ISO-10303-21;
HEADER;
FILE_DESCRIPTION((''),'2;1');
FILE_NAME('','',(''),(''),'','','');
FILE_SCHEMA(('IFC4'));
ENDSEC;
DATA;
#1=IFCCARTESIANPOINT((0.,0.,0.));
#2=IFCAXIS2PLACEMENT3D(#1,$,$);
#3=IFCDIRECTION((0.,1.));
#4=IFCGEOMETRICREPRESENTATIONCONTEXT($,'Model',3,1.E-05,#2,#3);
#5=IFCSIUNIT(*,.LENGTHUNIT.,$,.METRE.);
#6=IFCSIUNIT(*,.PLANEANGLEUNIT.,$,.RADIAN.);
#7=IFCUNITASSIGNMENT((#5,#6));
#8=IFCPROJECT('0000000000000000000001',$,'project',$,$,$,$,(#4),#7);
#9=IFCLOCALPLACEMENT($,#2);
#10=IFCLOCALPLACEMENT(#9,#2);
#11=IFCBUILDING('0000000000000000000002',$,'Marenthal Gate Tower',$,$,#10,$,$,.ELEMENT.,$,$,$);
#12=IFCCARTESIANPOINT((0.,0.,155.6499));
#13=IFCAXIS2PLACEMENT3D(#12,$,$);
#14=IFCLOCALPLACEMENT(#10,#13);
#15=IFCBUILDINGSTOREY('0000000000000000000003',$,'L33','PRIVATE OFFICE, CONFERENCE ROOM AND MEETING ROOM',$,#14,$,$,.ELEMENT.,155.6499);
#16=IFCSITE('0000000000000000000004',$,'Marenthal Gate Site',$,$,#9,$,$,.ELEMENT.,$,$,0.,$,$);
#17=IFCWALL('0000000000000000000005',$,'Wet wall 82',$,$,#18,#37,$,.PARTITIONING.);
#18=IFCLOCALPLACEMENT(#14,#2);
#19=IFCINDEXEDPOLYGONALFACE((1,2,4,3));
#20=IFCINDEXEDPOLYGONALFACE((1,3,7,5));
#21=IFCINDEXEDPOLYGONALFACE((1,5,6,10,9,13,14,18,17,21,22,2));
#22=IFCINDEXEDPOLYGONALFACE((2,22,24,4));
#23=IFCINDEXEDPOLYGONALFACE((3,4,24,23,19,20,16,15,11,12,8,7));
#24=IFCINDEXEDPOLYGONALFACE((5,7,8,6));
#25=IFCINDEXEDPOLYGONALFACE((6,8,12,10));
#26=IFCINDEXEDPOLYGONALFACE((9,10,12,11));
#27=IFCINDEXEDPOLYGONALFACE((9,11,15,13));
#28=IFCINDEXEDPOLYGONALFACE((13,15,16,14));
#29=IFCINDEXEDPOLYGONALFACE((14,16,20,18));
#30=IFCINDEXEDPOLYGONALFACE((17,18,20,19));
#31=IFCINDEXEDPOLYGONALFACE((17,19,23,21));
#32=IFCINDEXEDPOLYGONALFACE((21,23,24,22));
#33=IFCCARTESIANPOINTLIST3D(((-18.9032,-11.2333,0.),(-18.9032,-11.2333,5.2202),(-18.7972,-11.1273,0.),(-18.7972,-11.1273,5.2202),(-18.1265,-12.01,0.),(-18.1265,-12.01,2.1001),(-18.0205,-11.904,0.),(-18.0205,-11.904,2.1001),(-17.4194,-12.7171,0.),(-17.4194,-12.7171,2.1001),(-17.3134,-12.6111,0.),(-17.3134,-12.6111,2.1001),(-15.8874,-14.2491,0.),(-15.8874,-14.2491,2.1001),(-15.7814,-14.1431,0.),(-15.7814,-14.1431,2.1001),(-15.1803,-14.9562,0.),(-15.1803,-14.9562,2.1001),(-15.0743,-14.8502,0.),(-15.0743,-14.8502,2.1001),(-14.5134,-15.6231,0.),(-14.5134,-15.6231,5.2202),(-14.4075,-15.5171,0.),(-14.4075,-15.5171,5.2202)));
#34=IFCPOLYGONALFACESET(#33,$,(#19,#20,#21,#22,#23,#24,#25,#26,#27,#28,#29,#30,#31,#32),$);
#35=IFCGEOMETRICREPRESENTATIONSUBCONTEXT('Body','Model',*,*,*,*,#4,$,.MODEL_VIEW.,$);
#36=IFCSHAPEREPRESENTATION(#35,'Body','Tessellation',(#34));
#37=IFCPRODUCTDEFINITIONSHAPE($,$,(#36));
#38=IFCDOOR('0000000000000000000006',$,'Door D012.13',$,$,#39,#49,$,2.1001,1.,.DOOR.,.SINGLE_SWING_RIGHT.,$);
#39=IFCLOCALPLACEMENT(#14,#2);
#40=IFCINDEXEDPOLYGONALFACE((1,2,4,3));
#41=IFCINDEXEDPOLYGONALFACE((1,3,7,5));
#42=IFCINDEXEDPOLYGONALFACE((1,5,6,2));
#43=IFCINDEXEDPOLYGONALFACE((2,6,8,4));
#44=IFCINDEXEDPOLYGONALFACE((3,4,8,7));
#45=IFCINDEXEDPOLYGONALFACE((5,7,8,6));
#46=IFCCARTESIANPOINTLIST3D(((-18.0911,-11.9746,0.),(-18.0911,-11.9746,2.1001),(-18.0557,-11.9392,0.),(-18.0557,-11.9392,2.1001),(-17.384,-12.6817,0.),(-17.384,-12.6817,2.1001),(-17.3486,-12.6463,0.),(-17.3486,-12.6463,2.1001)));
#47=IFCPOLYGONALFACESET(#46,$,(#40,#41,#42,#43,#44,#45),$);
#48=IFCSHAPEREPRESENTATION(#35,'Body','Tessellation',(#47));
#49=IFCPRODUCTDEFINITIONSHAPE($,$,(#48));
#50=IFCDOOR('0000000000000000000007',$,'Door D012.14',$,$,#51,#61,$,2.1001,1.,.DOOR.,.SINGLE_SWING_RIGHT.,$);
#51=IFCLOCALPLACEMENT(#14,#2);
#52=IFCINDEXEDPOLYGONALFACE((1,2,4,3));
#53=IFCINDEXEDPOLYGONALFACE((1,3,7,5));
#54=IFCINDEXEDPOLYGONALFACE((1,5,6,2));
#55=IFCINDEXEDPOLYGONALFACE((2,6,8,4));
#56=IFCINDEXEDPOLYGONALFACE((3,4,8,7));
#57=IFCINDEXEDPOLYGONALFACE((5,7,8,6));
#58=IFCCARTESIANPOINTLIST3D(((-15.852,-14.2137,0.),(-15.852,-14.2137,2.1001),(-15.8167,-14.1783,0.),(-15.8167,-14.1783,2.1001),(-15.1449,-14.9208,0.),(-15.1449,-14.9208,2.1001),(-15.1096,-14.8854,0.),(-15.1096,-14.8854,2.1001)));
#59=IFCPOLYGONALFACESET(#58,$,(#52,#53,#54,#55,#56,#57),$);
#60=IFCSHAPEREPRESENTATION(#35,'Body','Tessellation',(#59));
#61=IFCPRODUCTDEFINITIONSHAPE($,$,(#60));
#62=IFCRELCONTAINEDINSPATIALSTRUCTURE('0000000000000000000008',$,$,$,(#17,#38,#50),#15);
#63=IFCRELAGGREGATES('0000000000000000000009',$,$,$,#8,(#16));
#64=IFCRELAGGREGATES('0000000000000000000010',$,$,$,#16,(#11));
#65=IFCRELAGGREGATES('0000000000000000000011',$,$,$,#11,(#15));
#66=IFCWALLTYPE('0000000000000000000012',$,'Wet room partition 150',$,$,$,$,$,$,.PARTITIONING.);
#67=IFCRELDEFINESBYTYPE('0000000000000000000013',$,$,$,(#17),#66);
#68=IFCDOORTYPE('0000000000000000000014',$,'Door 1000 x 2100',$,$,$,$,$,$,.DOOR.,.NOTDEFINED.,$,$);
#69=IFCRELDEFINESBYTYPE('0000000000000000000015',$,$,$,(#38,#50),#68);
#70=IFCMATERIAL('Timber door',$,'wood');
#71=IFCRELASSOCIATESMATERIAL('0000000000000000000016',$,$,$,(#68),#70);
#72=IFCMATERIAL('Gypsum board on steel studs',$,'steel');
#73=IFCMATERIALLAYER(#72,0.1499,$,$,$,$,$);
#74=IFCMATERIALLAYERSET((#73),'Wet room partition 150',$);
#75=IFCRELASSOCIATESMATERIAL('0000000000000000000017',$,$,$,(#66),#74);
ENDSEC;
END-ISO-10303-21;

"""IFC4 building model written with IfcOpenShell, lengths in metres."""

from ifc_helpers import new_model, si_unit, direction, frame, frame_2d, origin, place, context, subcontext, project, spatial, rectangle, extrude, material, layer, layer_set, type_object, element, fill, save


model = new_model("IFC4")

# Units and contexts
model_context = context("Model", 3, precision=1e-05, world=origin(), true_north=direction((0.0, 1.0)))
body_context = subcontext(model_context, "Body", "Model", "MODEL_VIEW")
ifc_project = project(units=[si_unit("LENGTHUNIT", "METRE"), si_unit("PLANEANGLEUNIT", "RADIAN")], contexts=[model_context])

# Site, building, storey
site_placement = place(None, origin())
site = spatial("IfcSite", under=ifc_project, at=site_placement, Name="Marenthal Gate Site", CompositionType="ELEMENT", RefElevation=0.0)
building_placement = place(site_placement, origin())
building = spatial("IfcBuilding", under=site, at=building_placement, Name="Marenthal Gate Tower", CompositionType="ELEMENT")
storey_placement = place(building_placement, frame((0.0, 0.0, 155.6499)))
storey = spatial("IfcBuildingStorey", under=building, at=storey_placement, Name="L33", Description="PRIVATE OFFICE, CONFERENCE ROOM AND MEETING ROOM", CompositionType="ELEMENT", Elevation=155.6499)

# Shared definitions
ifc_material_1 = material(Name="Timber door", Category="wood")
door_type_1 = type_object("IfcDoorType", Name="Door 1000 x 2100", OperationType="NOTDEFINED", PredefinedType="DOOR", material=ifc_material_1)

# Wall, openings, doors
ifc_material_2 = material(Name="Gypsum board on steel studs", Category="steel")
ifc_layer_1 = layer(ifc_material_2, 0.1499)
ifc_layer_set_1 = layer_set([ifc_layer_1], Name="Wet room partition 150")
wall_type_1 = type_object("IfcWallType", Name="Wet room partition 150", PredefinedType="PARTITIONING", material=ifc_layer_set_1)
wall_1_placement = place(storey_placement, frame((-14.4604, -15.5701, 0.0), z_axis=(0.0, 0.0, 1.0), x_axis=(-0.707107, 0.707107, 0.0)))
wall_1 = element("IfcWall", 1, at=wall_1_placement, inside=storey, type_object=wall_type_1, Name="Wet wall 82", PredefinedType="PARTITIONING", context=body_context, shape_type="SweptSolid", body=[
    extrude(rectangle(XDim=6.208, YDim=0.1499, at=frame_2d((3.104, 0.0))), origin(), (0.0, 0.0, 1.0), 5.2202),
])
opening_1_placement = place(wall_1_placement, frame((4.1096, 0.0, 0.0)))
opening_1 = element("IfcOpeningElement", 2, at=opening_1_placement, cuts=wall_1, PredefinedType="OPENING", context=body_context, shape_type="SweptSolid", body=[
    extrude(rectangle(XDim=1.0, YDim=2.1001, at=frame_2d((0.5, 1.05))), frame((0.0, 0.085, 0.0), z_axis=(0.0, -1.0, 0.0), x_axis=(1.0, 0.0, 0.0)), (0.0, 0.0, 1.0), 0.1699),
])
opening_2_placement = place(wall_1_placement, frame((0.9431, 0.0, 0.0)))
opening_2 = element("IfcOpeningElement", 3, at=opening_2_placement, cuts=wall_1, PredefinedType="OPENING", context=body_context, shape_type="SweptSolid", body=[
    extrude(rectangle(XDim=1.0, YDim=2.1001, at=frame_2d((0.5, 1.05))), frame((0.0, 0.085, 0.0), z_axis=(0.0, -1.0, 0.0), x_axis=(1.0, 0.0, 0.0)), (0.0, 0.0, 1.0), 0.1699),
])
door_1_placement = place(opening_1_placement, origin())
door_1 = element("IfcDoor", 4, at=door_1_placement, inside=storey, type_object=door_type_1, Name="Door D012.13", OperationType="SINGLE_SWING_RIGHT", OverallHeight=2.1001, OverallWidth=1.0, PredefinedType="DOOR", context=body_context, shape_type="SweptSolid", body=[
    extrude(rectangle(XDim=1.0, YDim=2.1001, at=frame_2d((0.5, 1.05))), frame((0.0, 0.0249, 0.0), z_axis=(0.0, -1.0, 0.0), x_axis=(1.0, 0.0, 0.0)), (0.0, 0.0, 1.0), 0.05),
])
fill(opening_1, door_1)
door_2_placement = place(opening_2_placement, origin())
door_2 = element("IfcDoor", 5, at=door_2_placement, inside=storey, type_object=door_type_1, Name="Door D012.14", OperationType="SINGLE_SWING_RIGHT", OverallHeight=2.1001, OverallWidth=1.0, PredefinedType="DOOR", context=body_context, shape_type="SweptSolid", body=[
    extrude(rectangle(XDim=1.0, YDim=2.1001, at=frame_2d((0.5, 1.05))), frame((0.0, 0.0249, 0.0), z_axis=(0.0, -1.0, 0.0), x_axis=(1.0, 0.0, 0.0)), (0.0, 0.0, 1.0), 0.05),
])
fill(opening_2, door_2)

save(model, "model.ifc")
